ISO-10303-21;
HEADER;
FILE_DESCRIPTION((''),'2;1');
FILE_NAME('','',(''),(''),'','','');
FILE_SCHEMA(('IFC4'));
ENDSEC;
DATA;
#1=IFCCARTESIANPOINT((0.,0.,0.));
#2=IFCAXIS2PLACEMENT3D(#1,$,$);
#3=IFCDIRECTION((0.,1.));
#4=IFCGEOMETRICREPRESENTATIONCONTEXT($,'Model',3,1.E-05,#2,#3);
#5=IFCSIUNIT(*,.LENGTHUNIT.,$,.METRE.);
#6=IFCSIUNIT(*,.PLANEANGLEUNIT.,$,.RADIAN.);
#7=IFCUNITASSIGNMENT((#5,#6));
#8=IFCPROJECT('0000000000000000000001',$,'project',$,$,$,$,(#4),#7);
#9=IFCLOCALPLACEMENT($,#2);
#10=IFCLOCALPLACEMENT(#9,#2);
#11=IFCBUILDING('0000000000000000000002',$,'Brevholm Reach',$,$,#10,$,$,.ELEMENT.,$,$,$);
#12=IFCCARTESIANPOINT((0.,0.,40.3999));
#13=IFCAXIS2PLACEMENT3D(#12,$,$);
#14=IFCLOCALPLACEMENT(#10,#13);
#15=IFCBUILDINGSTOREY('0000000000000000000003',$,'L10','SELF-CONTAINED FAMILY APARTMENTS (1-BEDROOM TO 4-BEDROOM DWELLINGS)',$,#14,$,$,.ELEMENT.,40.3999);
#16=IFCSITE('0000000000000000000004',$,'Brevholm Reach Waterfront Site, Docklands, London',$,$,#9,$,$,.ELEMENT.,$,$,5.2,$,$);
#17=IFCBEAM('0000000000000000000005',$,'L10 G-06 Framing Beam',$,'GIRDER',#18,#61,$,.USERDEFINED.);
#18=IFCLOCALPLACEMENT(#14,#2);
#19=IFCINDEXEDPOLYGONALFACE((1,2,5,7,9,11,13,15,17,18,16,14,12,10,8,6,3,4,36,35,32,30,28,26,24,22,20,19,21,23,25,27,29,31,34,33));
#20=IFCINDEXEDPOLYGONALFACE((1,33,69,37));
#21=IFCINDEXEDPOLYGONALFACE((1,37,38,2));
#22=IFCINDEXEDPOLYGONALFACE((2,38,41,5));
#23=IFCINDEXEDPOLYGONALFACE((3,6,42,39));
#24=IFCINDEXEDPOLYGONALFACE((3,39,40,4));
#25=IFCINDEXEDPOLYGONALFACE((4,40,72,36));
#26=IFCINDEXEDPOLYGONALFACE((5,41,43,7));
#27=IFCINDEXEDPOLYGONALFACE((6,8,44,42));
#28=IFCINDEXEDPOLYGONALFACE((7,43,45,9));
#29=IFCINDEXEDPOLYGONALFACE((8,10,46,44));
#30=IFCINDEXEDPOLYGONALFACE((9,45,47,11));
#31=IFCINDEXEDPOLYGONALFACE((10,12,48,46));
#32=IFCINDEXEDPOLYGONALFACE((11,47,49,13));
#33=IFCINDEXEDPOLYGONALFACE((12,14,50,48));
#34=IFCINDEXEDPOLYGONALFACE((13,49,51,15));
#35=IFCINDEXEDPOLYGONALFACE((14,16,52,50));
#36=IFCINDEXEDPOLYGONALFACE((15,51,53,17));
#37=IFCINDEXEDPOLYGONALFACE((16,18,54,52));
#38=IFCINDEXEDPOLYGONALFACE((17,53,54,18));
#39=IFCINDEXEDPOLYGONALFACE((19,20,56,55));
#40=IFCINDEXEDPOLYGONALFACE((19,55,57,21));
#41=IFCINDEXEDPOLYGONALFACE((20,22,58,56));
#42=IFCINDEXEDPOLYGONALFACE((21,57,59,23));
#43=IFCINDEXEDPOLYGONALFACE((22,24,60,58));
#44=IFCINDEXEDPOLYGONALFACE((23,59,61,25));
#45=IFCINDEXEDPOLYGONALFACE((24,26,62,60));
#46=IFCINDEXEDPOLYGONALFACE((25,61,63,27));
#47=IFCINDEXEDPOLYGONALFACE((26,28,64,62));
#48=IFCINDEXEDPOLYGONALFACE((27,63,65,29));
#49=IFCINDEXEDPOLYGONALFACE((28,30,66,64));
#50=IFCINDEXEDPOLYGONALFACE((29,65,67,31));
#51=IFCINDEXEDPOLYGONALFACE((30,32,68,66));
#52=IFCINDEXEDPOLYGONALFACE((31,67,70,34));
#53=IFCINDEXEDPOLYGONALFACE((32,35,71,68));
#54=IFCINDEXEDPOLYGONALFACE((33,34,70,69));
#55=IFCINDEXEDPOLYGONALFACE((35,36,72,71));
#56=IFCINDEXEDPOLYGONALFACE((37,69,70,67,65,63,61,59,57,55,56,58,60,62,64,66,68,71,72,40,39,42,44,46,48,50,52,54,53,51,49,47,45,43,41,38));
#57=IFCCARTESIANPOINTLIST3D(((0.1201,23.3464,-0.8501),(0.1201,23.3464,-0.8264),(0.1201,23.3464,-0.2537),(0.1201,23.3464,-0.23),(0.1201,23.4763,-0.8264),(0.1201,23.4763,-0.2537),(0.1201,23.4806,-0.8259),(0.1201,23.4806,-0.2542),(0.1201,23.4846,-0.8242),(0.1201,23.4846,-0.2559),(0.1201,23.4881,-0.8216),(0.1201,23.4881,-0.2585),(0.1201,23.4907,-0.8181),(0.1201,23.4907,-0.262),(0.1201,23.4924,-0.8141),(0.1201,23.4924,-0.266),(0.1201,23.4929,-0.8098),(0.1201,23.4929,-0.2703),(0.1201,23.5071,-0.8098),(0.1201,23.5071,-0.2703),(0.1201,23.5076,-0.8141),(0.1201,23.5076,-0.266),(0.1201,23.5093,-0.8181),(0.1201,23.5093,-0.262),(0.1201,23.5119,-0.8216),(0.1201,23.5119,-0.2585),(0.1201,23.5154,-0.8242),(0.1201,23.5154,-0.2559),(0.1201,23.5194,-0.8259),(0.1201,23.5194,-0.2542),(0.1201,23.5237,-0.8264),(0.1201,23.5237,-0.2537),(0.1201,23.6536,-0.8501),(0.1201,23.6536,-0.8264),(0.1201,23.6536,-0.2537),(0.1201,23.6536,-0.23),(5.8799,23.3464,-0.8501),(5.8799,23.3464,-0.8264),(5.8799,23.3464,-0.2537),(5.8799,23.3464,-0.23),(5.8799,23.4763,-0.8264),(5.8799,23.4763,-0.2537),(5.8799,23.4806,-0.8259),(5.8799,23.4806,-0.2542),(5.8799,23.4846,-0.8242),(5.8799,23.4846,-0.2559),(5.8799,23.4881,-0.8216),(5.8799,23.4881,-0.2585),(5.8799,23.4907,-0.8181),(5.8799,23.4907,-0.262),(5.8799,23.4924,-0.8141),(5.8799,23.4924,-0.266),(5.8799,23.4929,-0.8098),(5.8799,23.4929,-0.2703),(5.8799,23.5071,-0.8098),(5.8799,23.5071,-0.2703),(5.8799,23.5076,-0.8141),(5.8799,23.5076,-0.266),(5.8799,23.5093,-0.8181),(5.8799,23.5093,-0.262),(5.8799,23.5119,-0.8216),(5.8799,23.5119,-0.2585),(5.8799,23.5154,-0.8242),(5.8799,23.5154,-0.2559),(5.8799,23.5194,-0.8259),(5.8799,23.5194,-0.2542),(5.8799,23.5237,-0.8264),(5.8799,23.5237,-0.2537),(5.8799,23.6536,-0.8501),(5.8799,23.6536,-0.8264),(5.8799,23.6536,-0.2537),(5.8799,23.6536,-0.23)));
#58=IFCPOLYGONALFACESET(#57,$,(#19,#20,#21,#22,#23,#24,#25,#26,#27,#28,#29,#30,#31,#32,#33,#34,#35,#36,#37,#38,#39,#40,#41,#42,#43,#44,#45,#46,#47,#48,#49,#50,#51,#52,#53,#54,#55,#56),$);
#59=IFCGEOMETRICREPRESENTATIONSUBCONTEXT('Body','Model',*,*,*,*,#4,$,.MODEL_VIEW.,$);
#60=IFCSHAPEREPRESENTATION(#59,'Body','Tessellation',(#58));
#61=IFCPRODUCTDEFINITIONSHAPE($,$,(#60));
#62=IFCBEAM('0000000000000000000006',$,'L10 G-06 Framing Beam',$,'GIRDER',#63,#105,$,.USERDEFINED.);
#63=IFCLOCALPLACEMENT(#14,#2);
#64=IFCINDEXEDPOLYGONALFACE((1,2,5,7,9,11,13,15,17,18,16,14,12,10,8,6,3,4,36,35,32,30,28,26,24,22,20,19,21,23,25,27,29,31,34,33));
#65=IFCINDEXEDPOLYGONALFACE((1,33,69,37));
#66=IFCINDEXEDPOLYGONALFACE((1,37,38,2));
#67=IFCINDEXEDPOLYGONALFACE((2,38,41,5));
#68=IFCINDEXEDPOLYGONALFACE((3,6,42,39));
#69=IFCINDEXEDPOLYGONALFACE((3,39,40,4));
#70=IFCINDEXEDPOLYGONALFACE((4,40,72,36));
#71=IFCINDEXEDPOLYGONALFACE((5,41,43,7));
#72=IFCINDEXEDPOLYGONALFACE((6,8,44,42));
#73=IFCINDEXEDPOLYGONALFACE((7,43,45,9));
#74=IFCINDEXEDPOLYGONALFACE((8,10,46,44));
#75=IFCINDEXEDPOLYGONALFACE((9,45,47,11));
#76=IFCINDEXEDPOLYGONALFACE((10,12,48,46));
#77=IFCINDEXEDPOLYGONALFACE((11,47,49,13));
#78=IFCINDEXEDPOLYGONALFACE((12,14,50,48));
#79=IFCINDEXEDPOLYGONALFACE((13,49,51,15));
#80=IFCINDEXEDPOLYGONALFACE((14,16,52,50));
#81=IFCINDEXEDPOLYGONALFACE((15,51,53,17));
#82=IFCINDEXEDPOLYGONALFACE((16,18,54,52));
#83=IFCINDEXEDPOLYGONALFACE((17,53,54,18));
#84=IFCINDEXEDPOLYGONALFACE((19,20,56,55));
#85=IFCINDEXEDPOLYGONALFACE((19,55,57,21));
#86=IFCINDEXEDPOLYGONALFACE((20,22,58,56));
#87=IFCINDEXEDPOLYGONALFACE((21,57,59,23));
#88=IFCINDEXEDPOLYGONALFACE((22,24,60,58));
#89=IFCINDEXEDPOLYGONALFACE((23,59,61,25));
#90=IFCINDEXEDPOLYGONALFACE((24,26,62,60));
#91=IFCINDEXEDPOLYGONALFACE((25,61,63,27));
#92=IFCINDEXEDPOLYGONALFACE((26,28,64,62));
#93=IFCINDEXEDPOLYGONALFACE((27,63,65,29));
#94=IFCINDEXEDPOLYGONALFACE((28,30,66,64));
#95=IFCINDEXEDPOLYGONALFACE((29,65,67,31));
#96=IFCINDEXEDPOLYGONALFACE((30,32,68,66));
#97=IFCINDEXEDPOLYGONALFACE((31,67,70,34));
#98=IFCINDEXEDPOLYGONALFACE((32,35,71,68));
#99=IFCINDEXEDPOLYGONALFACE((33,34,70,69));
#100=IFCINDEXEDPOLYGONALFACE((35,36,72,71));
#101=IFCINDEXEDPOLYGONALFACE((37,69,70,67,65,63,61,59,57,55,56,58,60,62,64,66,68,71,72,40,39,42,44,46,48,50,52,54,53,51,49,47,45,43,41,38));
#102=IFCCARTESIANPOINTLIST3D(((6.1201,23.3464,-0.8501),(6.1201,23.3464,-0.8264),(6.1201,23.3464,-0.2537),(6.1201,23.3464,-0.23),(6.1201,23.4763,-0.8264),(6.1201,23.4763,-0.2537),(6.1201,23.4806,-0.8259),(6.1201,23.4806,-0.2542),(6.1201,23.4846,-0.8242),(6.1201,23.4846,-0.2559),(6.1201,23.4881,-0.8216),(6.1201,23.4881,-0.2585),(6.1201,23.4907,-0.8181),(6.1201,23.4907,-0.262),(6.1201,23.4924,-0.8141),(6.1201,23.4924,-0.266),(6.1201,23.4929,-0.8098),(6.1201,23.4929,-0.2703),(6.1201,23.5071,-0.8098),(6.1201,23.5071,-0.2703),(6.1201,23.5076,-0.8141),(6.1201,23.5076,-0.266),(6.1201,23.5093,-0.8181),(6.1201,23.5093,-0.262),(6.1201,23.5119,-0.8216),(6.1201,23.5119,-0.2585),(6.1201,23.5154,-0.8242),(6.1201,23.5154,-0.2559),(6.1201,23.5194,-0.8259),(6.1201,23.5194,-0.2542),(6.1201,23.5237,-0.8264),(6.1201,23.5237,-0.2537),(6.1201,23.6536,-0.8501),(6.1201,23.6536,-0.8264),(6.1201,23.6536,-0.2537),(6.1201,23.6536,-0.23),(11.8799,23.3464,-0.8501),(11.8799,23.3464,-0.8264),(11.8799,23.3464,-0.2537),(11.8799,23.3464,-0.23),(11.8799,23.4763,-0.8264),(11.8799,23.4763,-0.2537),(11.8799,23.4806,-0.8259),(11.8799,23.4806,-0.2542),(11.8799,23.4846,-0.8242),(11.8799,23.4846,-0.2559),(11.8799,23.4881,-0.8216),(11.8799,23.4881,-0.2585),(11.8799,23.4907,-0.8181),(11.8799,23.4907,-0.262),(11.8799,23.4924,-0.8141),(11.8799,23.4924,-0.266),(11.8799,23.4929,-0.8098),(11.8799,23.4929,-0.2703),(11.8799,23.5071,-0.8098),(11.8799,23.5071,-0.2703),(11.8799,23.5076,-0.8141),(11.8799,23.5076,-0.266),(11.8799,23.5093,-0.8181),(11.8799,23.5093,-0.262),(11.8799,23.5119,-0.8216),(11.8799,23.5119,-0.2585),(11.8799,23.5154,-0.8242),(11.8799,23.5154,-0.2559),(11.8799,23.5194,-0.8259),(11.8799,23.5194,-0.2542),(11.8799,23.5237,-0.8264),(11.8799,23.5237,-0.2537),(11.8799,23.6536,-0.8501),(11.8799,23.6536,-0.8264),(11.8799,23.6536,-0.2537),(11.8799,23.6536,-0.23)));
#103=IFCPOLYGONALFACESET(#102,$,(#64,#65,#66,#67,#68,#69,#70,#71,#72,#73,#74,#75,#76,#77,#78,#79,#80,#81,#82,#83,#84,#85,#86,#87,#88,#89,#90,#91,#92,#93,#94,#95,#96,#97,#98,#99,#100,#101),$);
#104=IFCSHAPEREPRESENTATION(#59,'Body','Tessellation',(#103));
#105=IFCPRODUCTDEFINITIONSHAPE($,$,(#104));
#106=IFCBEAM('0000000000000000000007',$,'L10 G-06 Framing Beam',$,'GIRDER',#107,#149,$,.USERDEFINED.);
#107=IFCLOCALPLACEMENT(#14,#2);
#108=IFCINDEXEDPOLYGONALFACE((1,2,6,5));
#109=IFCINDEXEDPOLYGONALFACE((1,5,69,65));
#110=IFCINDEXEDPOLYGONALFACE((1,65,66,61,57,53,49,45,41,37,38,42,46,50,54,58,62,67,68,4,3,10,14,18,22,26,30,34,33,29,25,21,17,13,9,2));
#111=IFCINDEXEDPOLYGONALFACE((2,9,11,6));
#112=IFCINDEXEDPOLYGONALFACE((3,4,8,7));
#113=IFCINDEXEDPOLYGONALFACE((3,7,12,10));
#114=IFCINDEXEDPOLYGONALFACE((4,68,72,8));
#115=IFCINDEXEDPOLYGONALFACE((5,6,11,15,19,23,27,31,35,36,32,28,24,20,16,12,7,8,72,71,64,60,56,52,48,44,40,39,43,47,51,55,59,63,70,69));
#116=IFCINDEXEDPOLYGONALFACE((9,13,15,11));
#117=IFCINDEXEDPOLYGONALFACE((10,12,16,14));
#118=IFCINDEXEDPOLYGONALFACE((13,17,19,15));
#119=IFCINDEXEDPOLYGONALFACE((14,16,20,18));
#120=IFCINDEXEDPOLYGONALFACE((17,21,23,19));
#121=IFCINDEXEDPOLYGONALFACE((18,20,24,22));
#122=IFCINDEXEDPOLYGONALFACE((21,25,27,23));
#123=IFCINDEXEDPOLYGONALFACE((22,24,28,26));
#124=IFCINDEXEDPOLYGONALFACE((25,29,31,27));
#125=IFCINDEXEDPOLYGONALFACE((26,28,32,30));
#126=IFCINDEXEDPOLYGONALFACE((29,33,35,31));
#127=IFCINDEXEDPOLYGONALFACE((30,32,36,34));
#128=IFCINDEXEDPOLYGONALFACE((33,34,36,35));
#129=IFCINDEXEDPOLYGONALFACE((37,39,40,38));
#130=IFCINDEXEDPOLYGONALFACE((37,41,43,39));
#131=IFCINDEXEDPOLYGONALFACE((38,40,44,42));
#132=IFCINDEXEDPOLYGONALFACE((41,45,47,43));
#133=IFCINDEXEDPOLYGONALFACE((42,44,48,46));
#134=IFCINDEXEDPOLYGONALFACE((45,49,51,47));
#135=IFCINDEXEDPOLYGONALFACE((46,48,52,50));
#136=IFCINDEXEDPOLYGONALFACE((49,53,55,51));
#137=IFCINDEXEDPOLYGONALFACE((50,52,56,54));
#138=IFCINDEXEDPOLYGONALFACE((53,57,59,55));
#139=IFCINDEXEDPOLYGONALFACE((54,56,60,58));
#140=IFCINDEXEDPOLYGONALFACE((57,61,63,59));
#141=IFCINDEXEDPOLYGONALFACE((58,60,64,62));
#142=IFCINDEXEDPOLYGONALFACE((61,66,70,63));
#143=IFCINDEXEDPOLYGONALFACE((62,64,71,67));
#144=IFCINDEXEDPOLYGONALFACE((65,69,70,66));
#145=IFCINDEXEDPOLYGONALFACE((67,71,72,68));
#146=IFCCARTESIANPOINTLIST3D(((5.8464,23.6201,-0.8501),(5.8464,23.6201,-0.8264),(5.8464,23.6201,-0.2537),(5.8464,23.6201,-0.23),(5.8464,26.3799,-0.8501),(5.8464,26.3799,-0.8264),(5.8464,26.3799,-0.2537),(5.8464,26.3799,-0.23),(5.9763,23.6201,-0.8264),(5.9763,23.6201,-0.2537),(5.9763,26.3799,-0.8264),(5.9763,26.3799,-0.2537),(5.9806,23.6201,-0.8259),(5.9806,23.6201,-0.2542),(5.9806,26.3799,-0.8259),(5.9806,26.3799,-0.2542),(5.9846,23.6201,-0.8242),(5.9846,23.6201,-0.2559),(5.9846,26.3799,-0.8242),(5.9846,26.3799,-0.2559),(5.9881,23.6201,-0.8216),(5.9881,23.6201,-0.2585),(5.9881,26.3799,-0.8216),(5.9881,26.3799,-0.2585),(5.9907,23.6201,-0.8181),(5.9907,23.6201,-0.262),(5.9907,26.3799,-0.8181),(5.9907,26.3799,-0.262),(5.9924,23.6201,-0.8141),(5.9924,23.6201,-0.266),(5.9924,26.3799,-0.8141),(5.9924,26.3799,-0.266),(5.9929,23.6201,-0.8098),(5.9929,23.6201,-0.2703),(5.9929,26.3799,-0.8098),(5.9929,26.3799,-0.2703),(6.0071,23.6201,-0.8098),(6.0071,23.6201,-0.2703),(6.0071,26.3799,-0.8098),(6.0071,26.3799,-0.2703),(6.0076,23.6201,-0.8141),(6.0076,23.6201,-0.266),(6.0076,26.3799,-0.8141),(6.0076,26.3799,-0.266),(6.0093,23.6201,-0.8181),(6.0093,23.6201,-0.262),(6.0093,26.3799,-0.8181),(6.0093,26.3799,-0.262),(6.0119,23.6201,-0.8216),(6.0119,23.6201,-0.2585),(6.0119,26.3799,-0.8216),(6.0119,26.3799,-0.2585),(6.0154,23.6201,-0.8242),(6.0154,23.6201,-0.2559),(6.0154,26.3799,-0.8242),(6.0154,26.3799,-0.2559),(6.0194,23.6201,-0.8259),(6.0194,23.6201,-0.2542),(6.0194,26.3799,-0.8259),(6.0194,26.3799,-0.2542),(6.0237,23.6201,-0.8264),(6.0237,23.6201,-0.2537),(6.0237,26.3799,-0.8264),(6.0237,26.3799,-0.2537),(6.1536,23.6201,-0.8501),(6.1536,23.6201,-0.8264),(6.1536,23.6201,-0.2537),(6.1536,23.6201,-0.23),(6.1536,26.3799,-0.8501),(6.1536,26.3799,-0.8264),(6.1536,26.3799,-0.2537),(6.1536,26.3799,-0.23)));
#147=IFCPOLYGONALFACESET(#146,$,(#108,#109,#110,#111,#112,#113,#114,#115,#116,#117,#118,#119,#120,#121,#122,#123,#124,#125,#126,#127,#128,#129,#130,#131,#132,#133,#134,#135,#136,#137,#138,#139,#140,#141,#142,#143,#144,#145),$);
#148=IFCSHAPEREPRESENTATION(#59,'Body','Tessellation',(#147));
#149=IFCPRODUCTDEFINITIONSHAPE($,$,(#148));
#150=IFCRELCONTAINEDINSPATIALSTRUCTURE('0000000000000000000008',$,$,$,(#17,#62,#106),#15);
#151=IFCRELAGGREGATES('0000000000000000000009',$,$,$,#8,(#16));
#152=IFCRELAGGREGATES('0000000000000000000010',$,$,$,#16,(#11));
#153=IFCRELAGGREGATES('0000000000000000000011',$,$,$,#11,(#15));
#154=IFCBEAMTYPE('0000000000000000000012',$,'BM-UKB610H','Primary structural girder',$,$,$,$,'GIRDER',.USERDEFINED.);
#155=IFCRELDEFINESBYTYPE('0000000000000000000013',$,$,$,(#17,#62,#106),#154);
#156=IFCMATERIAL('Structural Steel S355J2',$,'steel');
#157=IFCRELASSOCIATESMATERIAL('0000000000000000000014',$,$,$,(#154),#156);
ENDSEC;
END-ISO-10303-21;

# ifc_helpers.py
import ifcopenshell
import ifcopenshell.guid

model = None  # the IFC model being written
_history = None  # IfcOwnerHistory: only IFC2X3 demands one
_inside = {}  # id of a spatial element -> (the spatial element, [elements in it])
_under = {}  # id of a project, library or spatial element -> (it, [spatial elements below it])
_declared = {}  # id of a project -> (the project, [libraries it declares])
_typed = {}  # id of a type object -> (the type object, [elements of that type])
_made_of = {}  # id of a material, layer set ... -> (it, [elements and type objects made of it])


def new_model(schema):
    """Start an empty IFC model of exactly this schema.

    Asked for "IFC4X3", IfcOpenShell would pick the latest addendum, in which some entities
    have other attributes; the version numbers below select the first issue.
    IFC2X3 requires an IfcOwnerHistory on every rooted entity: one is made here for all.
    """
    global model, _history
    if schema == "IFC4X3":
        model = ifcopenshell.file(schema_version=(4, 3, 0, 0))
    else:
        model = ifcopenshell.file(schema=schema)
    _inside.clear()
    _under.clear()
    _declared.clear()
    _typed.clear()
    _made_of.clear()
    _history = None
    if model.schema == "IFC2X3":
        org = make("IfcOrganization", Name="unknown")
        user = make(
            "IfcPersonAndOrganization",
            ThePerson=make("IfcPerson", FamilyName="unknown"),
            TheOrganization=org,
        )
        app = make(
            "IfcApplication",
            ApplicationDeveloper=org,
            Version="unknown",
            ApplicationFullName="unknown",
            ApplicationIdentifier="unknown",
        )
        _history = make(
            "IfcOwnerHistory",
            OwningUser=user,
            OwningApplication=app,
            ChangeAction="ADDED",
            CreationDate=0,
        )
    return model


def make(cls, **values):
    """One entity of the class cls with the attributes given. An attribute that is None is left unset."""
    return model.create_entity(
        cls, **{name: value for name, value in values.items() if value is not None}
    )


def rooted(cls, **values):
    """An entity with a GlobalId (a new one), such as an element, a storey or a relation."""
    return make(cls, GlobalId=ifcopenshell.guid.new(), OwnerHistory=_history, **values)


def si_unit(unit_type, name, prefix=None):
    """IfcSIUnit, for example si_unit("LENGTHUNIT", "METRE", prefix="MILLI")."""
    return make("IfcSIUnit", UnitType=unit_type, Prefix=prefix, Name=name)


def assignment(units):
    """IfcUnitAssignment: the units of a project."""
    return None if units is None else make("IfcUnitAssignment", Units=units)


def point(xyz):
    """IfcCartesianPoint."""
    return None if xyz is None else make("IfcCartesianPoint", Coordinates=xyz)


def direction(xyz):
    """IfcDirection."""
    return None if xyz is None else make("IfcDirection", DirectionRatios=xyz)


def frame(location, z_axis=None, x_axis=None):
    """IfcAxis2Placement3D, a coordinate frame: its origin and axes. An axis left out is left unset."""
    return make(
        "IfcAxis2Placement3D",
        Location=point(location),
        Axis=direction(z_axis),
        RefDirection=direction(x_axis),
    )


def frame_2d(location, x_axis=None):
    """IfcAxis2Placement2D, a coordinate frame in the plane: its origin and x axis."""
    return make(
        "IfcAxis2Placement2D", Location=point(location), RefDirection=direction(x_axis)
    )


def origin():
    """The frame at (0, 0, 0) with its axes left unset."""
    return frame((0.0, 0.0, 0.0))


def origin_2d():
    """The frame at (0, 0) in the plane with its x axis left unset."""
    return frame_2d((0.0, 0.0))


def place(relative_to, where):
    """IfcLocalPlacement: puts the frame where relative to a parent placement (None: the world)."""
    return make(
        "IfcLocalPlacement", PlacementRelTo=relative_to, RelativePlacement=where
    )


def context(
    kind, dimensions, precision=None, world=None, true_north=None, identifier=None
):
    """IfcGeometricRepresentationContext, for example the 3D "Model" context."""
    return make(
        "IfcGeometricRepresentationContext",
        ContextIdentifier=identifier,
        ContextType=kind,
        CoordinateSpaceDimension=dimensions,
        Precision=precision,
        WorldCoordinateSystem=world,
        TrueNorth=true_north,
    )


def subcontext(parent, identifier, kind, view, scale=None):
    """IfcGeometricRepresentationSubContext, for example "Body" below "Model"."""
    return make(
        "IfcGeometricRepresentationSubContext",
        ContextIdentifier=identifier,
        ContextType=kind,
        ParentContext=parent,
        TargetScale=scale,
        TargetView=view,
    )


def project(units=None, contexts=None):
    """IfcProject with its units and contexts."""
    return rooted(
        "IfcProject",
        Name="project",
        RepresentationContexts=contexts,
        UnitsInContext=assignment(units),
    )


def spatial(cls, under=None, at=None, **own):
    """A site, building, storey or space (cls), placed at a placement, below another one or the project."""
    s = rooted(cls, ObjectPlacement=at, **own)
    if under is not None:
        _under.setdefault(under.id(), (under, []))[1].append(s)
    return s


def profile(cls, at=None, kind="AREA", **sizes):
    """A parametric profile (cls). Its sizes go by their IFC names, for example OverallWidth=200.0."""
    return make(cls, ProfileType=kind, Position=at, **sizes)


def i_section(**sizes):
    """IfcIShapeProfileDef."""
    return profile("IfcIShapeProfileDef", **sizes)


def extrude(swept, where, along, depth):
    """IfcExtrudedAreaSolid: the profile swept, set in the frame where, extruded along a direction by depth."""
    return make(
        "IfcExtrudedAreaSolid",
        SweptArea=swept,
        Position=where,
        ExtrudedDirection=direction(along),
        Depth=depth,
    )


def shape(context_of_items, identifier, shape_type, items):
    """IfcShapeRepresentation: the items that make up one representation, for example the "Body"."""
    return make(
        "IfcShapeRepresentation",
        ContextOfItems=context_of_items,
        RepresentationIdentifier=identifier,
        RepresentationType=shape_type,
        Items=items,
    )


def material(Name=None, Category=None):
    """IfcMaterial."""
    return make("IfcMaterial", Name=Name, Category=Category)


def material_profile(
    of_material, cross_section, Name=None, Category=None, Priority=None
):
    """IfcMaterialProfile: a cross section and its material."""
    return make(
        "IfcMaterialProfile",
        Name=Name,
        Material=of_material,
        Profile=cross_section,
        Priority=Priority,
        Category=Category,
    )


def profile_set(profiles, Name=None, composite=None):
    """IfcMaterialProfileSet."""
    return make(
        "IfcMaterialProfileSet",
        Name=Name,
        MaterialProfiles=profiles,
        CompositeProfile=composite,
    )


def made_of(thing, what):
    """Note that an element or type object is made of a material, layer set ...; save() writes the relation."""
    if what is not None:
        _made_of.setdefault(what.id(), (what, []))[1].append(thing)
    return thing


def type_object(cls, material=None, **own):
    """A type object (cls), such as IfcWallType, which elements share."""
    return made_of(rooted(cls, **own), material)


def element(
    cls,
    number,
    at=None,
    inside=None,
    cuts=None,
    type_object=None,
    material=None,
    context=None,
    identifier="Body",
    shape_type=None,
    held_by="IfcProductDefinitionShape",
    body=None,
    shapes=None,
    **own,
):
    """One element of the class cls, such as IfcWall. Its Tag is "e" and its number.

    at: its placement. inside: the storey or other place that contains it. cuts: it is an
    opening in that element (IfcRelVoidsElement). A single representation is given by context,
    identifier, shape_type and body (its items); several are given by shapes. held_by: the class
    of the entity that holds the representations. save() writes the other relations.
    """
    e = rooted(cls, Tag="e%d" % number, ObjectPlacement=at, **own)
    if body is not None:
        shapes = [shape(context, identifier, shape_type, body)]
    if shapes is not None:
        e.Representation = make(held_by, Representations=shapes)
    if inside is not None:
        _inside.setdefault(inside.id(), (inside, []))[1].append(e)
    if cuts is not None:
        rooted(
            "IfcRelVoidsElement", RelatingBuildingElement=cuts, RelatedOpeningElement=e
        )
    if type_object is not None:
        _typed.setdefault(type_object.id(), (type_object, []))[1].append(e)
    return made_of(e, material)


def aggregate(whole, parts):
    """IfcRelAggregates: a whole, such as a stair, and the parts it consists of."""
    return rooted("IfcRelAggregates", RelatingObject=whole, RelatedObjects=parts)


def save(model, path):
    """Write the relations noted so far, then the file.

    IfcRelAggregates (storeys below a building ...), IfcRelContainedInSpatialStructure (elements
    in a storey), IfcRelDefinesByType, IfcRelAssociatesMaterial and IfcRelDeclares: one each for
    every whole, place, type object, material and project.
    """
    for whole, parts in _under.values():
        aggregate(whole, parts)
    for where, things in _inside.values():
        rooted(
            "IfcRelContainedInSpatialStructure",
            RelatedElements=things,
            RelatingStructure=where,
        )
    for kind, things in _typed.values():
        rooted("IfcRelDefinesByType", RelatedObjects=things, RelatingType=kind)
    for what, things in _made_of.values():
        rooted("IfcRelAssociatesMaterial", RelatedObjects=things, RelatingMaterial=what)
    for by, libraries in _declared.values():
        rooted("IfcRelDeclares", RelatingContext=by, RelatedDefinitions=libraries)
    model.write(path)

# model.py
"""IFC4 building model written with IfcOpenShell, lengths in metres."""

from ifc_helpers import new_model, si_unit, direction, frame, origin, origin_2d, place, context, subcontext, project, spatial, i_section, extrude, material, material_profile, profile_set, type_object, element, save


model = new_model("IFC4")

# Units and contexts
model_context = context("Model", 3, precision=1e-05, world=origin(), true_north=direction((0.0, 1.0)))
body_context = subcontext(model_context, "Body", "Model", "MODEL_VIEW")
ifc_project = project(units=[si_unit("LENGTHUNIT", "METRE"), si_unit("PLANEANGLEUNIT", "RADIAN")], contexts=[model_context])

# Site, building, storey
site_placement = place(None, origin())
site = spatial("IfcSite", under=ifc_project, at=site_placement, Name="Brevholm Reach Waterfront Site, Docklands, London", CompositionType="ELEMENT", RefElevation=5.2)
building_placement = place(site_placement, origin())
building = spatial("IfcBuilding", under=site, at=building_placement, Name="Brevholm Reach", CompositionType="ELEMENT")
storey_placement = place(building_placement, frame((0.0, 0.0, 40.3999)))
storey = spatial("IfcBuildingStorey", under=building, at=storey_placement, Name="L10", Description="SELF-CONTAINED FAMILY APARTMENTS (1-BEDROOM TO 4-BEDROOM DWELLINGS)", CompositionType="ELEMENT", Elevation=40.3999)

# Beams
ifc_material_1 = material(Name="Structural Steel S355J2", Category="steel")
ifc_material_profile_1 = material_profile(ifc_material_1, i_section(OverallWidth=0.3071, OverallDepth=0.6201, WebThickness=0.0142, FlangeThickness=0.0237, FilletRadius=0.0166, at=origin_2d()), Name="UKB 610x305x179")
ifc_profile_set_1 = profile_set([ifc_material_profile_1], Name="Structural Steel S355J2")
beam_type_1 = type_object("IfcBeamType", Name="BM-UKB610H", Description="Primary structural girder", ElementType="GIRDER", PredefinedType="USERDEFINED", material=ifc_profile_set_1)
for number, where, z_axis, x_axis, name in (
    (1, (0.1201, 23.5, -0.54), (1.0, 0.0, 0.0), (0.0, 1.0, 0.0), "L10 G-06 Framing Beam"),
    (2, (6.1201, 23.5, -0.54), (1.0, 0.0, 0.0), (0.0, 1.0, 0.0), "L10 G-06 Framing Beam"),
):
    element("IfcBeam", number, at=place(storey_placement, frame(where, z_axis=z_axis, x_axis=x_axis)), inside=storey, type_object=beam_type_1, Name=name, ObjectType="GIRDER", PredefinedType="USERDEFINED", context=body_context, shape_type="SweptSolid", body=[
        extrude(i_section(OverallWidth=0.3071, OverallDepth=0.6201, WebThickness=0.0142, FlangeThickness=0.0237, FilletRadius=0.0166, at=origin_2d()), origin(), (0.0, 0.0, 1.0), 5.7598),
    ])
beam_1_placement = place(storey_placement, frame((6.0, 23.6201, -0.54), z_axis=(0.0, 1.0, 0.0), x_axis=(-1.0, 0.0, 0.0)))
element("IfcBeam", 3, at=beam_1_placement, inside=storey, type_object=beam_type_1, Name="L10 G-06 Framing Beam", ObjectType="GIRDER", PredefinedType="USERDEFINED", context=body_context, shape_type="SweptSolid", body=[
    extrude(i_section(OverallWidth=0.3071, OverallDepth=0.6201, WebThickness=0.0142, FlangeThickness=0.0237, FilletRadius=0.0166, at=origin_2d()), origin(), (0.0, 0.0, 1.0), 2.7598),
])

save(model, "model.ifc")
